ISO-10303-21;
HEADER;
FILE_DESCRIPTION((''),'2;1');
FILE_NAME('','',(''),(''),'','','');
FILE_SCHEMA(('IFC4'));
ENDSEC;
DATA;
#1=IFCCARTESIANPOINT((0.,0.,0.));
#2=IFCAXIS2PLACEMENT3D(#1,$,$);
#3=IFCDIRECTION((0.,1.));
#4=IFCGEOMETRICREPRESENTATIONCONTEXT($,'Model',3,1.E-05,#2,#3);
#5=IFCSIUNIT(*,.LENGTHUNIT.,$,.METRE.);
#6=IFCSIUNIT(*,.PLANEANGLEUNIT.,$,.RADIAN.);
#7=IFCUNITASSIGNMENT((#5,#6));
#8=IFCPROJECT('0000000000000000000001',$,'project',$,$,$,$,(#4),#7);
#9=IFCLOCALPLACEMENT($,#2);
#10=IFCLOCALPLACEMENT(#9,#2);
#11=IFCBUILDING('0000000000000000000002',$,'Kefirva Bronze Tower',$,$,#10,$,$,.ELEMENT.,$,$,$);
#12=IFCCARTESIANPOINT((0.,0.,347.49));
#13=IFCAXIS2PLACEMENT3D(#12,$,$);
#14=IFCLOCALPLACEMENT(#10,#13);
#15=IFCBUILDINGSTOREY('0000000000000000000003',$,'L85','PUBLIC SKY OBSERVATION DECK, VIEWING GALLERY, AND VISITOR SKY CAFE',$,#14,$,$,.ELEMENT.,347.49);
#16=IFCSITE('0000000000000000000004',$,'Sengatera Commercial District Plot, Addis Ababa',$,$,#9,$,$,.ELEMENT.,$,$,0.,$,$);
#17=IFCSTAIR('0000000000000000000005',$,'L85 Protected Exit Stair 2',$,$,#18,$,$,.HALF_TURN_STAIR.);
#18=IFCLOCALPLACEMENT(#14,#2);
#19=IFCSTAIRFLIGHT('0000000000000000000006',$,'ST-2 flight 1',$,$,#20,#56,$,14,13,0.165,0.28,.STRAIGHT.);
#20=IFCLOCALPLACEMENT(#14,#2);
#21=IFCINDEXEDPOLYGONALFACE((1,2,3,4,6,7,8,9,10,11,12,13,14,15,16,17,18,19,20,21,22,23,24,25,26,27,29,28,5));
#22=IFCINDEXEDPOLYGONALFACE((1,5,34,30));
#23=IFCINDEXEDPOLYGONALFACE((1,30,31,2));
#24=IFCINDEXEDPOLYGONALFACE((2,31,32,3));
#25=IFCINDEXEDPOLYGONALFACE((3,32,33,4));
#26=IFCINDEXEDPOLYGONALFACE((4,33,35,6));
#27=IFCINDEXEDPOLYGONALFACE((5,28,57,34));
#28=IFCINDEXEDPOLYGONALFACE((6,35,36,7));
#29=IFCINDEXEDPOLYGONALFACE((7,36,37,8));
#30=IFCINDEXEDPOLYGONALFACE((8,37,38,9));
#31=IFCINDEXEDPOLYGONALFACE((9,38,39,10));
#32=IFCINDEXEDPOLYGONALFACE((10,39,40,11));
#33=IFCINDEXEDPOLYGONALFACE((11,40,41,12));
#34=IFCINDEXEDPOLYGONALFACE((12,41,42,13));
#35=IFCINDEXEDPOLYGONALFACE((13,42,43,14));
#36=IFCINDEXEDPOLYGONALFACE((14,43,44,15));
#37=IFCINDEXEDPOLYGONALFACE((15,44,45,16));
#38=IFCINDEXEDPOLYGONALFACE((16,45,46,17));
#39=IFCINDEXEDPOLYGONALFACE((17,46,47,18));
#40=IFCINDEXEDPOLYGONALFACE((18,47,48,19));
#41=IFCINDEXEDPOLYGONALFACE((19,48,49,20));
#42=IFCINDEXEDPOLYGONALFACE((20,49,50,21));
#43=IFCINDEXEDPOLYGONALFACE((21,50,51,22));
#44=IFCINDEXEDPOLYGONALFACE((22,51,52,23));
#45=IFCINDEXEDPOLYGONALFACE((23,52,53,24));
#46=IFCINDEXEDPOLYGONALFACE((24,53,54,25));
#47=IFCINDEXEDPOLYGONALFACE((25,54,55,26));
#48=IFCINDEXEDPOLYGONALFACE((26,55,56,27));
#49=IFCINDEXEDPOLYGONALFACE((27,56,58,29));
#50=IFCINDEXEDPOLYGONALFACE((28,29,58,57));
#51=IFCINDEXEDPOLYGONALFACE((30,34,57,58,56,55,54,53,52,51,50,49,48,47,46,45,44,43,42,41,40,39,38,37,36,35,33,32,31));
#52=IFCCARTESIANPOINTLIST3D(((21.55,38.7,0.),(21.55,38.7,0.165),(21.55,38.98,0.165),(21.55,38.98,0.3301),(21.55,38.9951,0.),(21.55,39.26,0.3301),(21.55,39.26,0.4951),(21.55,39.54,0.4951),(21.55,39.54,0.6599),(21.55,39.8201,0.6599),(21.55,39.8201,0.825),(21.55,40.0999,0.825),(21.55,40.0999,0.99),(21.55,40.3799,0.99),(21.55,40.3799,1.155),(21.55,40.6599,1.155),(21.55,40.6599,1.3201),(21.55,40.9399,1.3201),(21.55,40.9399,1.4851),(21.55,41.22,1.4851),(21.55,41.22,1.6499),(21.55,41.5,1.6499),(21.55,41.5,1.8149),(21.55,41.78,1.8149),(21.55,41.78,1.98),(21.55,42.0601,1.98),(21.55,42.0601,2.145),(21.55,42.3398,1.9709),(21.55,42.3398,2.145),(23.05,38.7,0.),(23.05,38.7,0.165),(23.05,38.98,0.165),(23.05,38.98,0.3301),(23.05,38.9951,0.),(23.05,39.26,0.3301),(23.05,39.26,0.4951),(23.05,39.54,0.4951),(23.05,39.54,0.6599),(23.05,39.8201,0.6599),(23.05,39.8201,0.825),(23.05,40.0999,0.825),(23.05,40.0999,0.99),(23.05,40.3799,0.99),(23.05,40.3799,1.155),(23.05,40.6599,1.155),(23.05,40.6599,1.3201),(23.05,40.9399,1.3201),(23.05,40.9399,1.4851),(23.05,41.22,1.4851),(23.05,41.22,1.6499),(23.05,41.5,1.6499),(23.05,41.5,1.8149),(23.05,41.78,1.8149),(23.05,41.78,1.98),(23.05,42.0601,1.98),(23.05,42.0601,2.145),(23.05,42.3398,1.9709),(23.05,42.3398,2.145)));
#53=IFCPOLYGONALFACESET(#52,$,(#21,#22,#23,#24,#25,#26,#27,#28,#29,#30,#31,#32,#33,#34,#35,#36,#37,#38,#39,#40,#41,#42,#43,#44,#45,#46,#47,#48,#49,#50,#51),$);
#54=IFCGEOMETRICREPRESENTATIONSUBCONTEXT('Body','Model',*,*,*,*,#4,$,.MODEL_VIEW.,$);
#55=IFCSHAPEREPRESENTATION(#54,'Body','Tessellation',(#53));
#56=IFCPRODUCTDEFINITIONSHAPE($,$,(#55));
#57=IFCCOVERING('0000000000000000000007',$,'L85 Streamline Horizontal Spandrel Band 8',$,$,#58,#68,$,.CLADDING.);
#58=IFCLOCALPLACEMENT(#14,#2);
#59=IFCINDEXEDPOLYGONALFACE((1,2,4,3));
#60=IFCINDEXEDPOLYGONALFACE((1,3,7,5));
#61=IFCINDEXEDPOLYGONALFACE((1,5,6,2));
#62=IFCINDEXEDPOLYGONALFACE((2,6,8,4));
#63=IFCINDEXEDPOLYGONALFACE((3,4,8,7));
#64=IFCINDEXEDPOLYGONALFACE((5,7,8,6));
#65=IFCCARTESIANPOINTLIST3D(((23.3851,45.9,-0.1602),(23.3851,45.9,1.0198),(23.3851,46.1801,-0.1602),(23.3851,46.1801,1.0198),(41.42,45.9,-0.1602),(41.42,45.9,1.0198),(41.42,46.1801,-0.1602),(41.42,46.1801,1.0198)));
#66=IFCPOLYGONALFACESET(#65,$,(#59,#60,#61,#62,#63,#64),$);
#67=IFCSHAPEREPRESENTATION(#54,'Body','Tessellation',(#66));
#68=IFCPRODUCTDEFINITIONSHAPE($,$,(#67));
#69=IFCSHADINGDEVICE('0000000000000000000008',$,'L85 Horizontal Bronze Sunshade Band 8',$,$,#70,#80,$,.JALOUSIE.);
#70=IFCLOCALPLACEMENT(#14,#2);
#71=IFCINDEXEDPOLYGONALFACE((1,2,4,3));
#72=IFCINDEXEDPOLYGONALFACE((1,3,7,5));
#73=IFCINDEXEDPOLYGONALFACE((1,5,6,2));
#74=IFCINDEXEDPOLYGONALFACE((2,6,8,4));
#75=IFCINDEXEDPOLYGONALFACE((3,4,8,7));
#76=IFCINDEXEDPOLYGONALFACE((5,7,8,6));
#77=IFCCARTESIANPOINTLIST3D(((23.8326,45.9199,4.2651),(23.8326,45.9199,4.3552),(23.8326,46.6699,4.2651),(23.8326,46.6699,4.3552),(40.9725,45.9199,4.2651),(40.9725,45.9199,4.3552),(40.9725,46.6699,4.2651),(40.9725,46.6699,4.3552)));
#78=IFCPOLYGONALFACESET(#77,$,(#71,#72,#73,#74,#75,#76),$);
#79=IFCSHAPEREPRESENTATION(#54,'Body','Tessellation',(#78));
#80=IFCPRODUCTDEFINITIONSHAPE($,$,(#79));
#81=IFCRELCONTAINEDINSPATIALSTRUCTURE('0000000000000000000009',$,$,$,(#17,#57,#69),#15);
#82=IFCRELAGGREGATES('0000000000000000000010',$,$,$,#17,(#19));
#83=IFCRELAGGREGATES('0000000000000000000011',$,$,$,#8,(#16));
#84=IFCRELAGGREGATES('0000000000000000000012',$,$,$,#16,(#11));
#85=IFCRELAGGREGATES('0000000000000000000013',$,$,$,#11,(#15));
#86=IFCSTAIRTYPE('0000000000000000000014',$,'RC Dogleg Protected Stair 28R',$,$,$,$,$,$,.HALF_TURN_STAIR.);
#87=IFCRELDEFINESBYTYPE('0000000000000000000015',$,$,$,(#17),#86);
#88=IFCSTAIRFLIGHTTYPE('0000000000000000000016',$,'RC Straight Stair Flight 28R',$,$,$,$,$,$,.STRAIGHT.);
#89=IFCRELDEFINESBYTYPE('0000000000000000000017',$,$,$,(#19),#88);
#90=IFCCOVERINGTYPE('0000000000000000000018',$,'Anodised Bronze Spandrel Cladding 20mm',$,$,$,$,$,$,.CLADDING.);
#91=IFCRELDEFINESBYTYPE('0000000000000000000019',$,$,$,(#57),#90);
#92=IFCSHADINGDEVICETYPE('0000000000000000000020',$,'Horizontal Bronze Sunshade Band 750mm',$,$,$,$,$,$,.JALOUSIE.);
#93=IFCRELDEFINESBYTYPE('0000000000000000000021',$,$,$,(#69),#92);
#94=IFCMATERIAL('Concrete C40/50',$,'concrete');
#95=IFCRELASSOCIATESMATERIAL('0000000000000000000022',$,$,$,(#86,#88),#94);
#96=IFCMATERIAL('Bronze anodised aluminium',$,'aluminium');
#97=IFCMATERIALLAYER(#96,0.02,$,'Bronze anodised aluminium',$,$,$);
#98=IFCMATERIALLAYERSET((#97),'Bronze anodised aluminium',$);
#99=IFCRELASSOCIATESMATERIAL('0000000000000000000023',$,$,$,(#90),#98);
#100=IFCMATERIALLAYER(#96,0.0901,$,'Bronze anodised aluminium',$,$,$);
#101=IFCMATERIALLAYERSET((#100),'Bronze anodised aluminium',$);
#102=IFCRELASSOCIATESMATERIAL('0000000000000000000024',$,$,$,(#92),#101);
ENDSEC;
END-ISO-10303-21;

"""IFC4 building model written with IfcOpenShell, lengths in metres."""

from ifc_helpers import new_model, si_unit, direction, frame, origin, origin_2d, place, context, subcontext, project, spatial, polyline, rectangle, outline, extrude, material, layer, layer_set, type_object, element, aggregate, save


model = new_model("IFC4")

# Units and contexts
model_context = context("Model", 3, precision=1e-05, world=origin(), true_north=direction((0.0, 1.0)))
body_context = subcontext(model_context, "Body", "Model", "MODEL_VIEW")
ifc_project = project(units=[si_unit("LENGTHUNIT", "METRE"), si_unit("PLANEANGLEUNIT", "RADIAN")], contexts=[model_context])

# Site, building, storey
site_placement = place(None, origin())
site = spatial("IfcSite", under=ifc_project, at=site_placement, Name="Sengatera Commercial District Plot, Addis Ababa", CompositionType="ELEMENT", RefElevation=0.0)
building_placement = place(site_placement, origin())
building = spatial("IfcBuilding", under=site, at=building_placement, Name="Kefirva Bronze Tower", CompositionType="ELEMENT")
storey_placement = place(building_placement, frame((0.0, 0.0, 347.49)))
storey = spatial("IfcBuildingStorey", under=building, at=storey_placement, Name="L85", Description="PUBLIC SKY OBSERVATION DECK, VIEWING GALLERY, AND VISITOR SKY CAFE", CompositionType="ELEMENT", Elevation=347.49)

# Shared definitions
ifc_material_1 = material(Name="Bronze anodised aluminium", Category="aluminium")

# Stair, stair flight
ifc_material_2 = material(Name="Concrete C40/50", Category="concrete")
stair_type = type_object("IfcStairType", Name="RC Dogleg Protected Stair 28R", PredefinedType="HALF_TURN_STAIR", material=ifc_material_2)
stair_placement = place(storey_placement, origin())
stair = element("IfcStair", 1, at=stair_placement, inside=storey, type_object=stair_type, Name="L85 Protected Exit Stair 2", PredefinedType="HALF_TURN_STAIR")
stair_flight_type = type_object("IfcStairFlightType", Name="RC Straight Stair Flight 28R", PredefinedType="STRAIGHT", material=ifc_material_2)
stair_flight_placement = place(storey_placement, frame((22.3, 38.7, 0.0), z_axis=(0.0, 0.0, 1.0), x_axis=(0.0, 1.0, 0.0)))
stair_flight = element("IfcStairFlight", 2, at=stair_flight_placement, type_object=stair_flight_type, Name="ST-2 flight 1", NumberOfRisers=14, NumberOfTreads=13, PredefinedType="STRAIGHT", RiserHeight=0.165, TreadLength=0.28, context=body_context, shape_type="SweptSolid", body=[
    extrude(outline(polyline([(0.0, 0.0), (0.0, 0.165), (0.28, 0.165), (0.28, 0.3301), (0.5601, 0.3301), (0.5601, 0.4951), (0.8401, 0.4951), (0.8401, 0.6599), (1.1201, 0.6599), (1.1201, 0.825), (1.3999, 0.825), (1.3999, 0.99), (1.6799, 0.99), (1.6799, 1.155), (1.96, 1.155), (1.96, 1.3201), (2.24, 1.3201), (2.24, 1.4851), (2.52, 1.4851), (2.52, 1.6499), (2.8, 1.6499), (2.8, 1.8149), (3.0801, 1.8149), (3.0801, 1.98), (3.3601, 1.98), (3.3601, 2.145), (3.6399, 2.145), (3.6399, 2.3101), (3.6399, 1.9709), (0.2952, 0.0), (0.0, 0.0)])), frame((0.0, 0.75, 0.0), z_axis=(0.0, -1.0, 0.0), x_axis=(1.0, 0.0, 0.0)), (0.0, 0.0, 1.0), 1.5),
])
aggregate(stair, [stair_flight])

# Covering
ifc_layer_1 = layer(ifc_material_1, 0.02, Name="Bronze anodised aluminium")
ifc_layer_set_1 = layer_set([ifc_layer_1], Name="Bronze anodised aluminium")
covering_type_1 = type_object("IfcCoveringType", Name="Anodised Bronze Spandrel Cladding 20mm", PredefinedType="CLADDING", material=ifc_layer_set_1)
covering_1_placement = place(storey_placement, frame((32.4026, 46.04, -0.1602), z_axis=(0.0, 0.0, 1.0), x_axis=(-1.0, 0.0, 0.0)))
element("IfcCovering", 3, at=covering_1_placement, inside=storey, type_object=covering_type_1, Name="L85 Streamline Horizontal Spandrel Band 8", PredefinedType="CLADDING", context=body_context, shape_type="SweptSolid", body=[
    extrude(rectangle(XDim=18.0349, YDim=0.28, at=origin_2d()), origin(), (0.0, 0.0, 1.0), 1.1799),
])

# Shading device
ifc_layer_2 = layer(ifc_material_1, 0.0901, Name="Bronze anodised aluminium")
ifc_layer_set_2 = layer_set([ifc_layer_2], Name="Bronze anodised aluminium")
shading_device_type = type_object("IfcShadingDeviceType", Name="Horizontal Bronze Sunshade Band 750mm", PredefinedType="JALOUSIE", material=ifc_layer_set_2)
shading_device_placement = place(storey_placement, frame((32.4026, 46.2949, 4.2651), z_axis=(0.0, 0.0, 1.0), x_axis=(-1.0, 0.0, 0.0)))
element("IfcShadingDevice", 4, at=shading_device_placement, inside=storey, type_object=shading_device_type, Name="L85 Horizontal Bronze Sunshade Band 8", PredefinedType="JALOUSIE", context=body_context, shape_type="SweptSolid", body=[
    extrude(rectangle(XDim=17.1399, YDim=0.75, at=origin_2d()), origin(), (0.0, 0.0, 1.0), 0.0901),
])

save(model, "model.ifc")
